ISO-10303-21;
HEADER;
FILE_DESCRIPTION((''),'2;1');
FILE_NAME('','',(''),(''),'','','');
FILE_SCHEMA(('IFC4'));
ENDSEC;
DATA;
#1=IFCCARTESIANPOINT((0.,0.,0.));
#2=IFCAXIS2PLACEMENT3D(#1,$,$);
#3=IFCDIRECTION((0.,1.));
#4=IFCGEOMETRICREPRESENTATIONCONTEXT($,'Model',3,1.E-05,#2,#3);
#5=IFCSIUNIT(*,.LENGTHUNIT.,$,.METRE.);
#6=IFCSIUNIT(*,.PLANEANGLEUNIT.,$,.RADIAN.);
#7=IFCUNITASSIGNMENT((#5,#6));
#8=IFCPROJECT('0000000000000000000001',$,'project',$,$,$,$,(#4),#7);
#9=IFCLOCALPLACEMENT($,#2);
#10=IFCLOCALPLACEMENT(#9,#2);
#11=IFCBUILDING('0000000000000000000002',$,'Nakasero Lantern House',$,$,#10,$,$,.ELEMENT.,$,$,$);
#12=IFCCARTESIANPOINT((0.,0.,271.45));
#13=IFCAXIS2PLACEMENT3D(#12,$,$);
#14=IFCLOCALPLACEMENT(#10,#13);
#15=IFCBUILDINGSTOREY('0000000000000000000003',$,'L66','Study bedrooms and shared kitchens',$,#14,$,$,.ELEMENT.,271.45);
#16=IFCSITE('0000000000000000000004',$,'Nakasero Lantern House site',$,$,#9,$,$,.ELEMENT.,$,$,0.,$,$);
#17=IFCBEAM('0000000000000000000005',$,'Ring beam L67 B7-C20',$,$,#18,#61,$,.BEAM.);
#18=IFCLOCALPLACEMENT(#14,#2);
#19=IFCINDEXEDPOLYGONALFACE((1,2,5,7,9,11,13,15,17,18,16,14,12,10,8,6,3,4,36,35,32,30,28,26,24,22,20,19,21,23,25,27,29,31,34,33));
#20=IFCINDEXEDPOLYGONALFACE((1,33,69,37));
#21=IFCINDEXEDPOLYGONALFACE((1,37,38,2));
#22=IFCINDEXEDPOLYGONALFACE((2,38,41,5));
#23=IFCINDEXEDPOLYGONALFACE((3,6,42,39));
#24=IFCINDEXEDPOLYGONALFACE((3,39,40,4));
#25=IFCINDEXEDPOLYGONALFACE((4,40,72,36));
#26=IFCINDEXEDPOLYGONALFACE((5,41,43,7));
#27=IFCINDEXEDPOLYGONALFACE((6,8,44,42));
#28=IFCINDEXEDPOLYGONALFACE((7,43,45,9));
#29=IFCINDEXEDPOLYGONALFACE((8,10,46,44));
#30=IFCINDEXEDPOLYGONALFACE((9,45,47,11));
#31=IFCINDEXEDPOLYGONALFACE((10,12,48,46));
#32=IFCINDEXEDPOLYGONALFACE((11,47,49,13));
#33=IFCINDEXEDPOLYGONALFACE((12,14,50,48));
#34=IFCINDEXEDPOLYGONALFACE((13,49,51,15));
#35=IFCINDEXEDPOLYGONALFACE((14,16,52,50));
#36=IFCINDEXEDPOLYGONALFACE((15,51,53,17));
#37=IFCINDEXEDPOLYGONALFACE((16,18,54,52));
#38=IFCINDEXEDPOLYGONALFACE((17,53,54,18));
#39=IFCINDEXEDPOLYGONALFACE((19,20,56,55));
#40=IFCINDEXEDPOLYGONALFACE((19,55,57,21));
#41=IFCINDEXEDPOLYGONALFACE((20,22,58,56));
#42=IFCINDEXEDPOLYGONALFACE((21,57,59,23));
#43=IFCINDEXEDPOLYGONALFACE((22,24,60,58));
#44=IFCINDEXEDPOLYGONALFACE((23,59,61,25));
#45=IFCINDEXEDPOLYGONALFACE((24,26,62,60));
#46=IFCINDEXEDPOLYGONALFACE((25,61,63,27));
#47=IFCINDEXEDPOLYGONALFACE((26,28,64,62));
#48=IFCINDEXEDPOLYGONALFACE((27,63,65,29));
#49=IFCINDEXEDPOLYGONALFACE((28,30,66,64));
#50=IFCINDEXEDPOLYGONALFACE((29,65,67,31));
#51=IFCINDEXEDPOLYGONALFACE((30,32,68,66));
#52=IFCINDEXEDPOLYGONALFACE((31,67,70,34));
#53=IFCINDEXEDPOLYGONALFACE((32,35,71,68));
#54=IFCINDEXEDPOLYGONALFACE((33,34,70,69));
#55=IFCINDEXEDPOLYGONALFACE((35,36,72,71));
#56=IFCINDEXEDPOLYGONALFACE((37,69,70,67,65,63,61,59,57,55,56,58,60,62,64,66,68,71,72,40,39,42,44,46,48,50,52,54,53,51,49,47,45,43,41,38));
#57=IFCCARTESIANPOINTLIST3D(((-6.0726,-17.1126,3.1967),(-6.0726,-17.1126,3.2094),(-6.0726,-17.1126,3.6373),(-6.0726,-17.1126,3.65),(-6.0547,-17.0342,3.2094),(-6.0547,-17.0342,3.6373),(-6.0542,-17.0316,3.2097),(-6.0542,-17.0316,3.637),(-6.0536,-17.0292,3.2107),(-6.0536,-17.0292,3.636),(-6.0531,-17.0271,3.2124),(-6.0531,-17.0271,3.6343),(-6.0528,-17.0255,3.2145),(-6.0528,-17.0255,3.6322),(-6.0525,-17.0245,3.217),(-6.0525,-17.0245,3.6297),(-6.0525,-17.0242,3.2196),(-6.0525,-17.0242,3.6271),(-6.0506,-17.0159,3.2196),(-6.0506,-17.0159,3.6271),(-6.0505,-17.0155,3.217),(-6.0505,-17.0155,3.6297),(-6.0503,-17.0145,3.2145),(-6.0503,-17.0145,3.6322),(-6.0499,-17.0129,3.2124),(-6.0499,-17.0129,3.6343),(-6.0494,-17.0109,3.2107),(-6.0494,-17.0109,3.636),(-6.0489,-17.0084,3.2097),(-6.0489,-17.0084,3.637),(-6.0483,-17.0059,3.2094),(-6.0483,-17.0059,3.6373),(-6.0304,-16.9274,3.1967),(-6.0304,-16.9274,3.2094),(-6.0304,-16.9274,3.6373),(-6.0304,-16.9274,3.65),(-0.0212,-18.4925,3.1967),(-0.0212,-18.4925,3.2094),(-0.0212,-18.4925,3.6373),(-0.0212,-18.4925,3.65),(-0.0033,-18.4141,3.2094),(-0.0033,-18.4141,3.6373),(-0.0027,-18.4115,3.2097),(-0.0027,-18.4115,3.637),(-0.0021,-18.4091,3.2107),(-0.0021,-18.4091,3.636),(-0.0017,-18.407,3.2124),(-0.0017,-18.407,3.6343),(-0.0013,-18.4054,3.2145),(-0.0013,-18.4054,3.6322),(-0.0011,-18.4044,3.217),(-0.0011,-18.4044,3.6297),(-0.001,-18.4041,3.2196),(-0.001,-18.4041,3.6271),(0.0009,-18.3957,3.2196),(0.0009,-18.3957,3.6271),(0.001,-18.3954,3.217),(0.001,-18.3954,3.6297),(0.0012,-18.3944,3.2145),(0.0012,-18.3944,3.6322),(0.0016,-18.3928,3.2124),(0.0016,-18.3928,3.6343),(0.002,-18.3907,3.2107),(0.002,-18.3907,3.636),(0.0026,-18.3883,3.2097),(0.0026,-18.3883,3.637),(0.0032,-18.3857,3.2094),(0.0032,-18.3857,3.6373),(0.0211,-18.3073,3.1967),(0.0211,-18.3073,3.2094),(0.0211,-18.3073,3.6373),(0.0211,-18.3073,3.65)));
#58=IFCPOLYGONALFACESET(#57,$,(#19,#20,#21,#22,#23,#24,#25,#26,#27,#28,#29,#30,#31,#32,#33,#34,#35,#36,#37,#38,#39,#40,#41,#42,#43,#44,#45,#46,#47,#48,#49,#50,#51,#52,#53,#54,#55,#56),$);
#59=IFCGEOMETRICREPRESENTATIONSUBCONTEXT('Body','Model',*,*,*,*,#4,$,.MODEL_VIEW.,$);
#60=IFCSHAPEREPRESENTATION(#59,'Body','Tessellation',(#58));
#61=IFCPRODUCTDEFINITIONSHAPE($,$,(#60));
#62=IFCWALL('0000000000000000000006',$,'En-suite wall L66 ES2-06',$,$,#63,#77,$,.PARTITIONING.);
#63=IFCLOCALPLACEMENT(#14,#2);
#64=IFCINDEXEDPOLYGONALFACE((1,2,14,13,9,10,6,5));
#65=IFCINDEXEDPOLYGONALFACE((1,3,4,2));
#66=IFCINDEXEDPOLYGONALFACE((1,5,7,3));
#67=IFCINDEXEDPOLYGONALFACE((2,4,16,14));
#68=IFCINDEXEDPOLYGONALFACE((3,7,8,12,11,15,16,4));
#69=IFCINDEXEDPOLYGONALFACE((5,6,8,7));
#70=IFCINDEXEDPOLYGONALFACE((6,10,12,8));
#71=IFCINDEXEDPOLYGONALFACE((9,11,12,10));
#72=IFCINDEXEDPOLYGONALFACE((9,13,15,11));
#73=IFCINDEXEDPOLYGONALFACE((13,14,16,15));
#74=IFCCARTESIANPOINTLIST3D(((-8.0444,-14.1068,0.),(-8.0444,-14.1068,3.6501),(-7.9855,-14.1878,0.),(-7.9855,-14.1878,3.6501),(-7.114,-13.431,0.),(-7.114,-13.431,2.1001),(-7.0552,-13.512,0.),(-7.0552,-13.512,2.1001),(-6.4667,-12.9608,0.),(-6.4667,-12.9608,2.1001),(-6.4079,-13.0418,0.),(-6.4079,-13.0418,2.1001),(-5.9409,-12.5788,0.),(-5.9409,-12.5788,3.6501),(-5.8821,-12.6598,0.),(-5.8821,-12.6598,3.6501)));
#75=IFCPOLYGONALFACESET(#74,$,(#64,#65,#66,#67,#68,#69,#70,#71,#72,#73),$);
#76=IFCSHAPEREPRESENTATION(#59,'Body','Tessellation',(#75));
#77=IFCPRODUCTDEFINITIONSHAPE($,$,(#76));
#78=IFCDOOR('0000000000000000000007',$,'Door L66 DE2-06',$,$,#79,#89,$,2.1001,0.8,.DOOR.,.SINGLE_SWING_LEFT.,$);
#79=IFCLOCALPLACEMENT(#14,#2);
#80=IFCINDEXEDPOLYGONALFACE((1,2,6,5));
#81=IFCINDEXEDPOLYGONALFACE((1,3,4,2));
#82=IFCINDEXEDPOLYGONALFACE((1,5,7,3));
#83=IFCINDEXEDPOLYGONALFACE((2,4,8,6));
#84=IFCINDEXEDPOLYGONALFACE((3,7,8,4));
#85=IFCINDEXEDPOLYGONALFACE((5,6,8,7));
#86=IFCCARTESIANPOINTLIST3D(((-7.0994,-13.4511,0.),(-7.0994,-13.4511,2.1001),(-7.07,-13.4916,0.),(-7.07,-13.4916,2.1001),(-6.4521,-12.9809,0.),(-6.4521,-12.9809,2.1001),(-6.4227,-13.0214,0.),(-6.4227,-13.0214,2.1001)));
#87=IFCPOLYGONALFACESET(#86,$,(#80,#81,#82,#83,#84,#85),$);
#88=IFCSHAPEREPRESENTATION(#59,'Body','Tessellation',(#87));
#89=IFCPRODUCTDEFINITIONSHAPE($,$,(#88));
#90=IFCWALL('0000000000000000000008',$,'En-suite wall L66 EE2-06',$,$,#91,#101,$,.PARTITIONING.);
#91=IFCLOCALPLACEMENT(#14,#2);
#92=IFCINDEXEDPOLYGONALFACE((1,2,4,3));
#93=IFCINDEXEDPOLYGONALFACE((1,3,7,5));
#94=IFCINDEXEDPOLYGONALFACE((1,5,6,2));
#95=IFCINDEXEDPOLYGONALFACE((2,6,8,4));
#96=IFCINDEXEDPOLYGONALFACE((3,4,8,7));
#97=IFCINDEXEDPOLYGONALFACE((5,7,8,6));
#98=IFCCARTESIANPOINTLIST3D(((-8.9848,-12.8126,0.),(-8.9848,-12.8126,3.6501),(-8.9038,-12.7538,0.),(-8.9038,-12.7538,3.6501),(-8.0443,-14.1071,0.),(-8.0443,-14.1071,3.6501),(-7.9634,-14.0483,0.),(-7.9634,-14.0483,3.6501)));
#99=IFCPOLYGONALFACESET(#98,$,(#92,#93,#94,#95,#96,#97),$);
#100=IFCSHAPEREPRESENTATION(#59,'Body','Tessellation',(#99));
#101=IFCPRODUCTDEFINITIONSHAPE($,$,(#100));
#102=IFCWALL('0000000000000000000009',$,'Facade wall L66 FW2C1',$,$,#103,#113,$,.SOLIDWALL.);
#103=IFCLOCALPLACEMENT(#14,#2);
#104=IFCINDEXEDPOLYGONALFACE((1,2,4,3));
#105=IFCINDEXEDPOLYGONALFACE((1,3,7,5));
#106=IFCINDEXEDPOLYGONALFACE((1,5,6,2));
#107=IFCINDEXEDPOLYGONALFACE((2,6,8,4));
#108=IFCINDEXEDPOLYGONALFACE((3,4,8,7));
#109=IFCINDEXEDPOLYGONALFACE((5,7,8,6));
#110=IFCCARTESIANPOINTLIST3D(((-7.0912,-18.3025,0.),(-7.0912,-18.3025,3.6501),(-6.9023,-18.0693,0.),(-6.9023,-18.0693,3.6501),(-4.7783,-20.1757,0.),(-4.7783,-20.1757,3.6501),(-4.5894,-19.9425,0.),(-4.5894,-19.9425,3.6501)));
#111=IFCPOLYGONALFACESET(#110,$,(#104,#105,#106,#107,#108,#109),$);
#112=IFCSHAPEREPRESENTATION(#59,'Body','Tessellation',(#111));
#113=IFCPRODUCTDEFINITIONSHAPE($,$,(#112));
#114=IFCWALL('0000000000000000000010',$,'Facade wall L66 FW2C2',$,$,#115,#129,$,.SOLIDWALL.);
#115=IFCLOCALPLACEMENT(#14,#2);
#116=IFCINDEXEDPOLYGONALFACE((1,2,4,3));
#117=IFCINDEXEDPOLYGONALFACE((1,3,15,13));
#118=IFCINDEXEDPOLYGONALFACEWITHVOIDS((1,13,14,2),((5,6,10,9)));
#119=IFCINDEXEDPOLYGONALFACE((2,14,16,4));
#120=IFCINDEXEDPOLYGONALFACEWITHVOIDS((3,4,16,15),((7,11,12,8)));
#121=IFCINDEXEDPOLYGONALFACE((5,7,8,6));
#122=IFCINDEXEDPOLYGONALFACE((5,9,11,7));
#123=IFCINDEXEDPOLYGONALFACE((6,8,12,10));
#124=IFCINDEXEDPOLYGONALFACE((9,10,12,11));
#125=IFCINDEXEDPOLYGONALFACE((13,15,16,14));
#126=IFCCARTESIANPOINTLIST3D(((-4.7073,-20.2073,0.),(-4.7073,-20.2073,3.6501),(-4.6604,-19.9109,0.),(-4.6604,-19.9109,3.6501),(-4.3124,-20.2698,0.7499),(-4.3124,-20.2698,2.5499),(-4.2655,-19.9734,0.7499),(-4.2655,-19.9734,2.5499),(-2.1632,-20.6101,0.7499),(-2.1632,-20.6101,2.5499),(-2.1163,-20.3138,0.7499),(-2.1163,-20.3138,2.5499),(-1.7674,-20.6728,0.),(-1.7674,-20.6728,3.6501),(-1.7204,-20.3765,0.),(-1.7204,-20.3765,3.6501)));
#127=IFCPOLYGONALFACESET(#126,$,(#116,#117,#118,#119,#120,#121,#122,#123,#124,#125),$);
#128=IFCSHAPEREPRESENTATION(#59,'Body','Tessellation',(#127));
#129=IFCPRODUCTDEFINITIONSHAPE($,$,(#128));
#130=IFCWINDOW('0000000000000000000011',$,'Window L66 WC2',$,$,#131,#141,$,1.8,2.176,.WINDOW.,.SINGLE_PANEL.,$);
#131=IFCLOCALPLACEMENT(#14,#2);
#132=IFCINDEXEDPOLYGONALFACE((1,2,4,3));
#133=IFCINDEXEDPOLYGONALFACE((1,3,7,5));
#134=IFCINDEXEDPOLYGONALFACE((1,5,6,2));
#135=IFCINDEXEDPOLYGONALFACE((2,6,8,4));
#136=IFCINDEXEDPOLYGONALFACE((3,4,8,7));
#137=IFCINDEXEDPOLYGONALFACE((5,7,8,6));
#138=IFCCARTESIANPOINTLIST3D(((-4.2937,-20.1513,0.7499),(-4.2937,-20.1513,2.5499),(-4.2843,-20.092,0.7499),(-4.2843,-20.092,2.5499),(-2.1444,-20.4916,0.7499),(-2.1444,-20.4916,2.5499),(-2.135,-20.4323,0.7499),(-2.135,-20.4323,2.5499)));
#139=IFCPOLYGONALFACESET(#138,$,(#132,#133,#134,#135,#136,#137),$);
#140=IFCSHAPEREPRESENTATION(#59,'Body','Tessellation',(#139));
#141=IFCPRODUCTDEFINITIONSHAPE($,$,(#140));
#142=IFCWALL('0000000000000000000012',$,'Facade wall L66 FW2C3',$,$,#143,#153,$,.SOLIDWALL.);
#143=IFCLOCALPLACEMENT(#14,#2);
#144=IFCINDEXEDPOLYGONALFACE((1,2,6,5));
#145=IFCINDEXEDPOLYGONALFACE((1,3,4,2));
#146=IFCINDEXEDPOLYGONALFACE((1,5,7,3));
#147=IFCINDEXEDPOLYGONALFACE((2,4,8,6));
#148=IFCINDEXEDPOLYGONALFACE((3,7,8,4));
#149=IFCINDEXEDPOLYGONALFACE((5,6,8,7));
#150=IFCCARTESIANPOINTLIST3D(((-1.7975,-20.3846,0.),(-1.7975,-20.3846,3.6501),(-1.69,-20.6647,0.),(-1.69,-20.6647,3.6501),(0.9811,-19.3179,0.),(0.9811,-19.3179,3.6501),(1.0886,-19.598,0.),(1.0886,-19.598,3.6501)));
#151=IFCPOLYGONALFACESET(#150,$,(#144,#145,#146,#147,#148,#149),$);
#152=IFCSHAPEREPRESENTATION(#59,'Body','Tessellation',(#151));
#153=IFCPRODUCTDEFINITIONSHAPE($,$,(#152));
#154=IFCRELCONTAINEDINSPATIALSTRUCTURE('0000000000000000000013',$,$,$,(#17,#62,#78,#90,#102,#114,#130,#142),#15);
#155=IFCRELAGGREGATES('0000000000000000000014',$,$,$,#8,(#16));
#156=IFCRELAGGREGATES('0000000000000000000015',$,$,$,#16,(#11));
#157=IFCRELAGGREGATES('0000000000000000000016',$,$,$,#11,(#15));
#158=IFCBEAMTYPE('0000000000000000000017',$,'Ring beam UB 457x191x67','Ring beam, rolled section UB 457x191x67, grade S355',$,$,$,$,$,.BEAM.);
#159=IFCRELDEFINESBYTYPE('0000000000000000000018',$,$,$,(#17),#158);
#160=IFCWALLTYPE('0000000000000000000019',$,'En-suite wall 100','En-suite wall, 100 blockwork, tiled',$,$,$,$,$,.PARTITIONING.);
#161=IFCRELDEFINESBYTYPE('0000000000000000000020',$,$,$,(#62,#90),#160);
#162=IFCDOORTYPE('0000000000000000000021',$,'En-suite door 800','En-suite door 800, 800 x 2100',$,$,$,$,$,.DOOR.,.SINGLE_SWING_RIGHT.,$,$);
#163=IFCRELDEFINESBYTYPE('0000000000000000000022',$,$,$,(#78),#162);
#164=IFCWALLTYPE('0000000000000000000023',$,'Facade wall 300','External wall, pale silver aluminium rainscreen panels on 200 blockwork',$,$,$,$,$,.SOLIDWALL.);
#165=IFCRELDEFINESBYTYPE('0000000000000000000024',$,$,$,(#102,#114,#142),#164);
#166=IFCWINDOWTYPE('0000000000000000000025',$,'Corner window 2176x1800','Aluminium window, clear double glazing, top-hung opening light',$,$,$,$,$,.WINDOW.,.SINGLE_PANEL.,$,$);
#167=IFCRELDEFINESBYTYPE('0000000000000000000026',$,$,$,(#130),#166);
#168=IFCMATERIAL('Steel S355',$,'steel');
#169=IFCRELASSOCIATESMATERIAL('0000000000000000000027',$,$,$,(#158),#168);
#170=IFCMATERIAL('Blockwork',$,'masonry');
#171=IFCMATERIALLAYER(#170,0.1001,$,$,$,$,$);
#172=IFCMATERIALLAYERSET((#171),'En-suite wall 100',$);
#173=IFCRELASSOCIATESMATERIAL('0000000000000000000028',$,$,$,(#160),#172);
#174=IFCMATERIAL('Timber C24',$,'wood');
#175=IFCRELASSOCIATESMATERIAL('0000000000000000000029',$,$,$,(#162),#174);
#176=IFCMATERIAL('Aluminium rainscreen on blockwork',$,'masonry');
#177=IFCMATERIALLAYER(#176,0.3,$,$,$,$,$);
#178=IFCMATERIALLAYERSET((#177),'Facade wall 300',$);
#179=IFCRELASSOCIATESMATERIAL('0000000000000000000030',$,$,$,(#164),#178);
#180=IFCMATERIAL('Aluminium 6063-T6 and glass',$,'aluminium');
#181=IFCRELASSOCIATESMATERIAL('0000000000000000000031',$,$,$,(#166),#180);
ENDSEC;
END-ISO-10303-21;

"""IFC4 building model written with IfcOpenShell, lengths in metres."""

from ifc_helpers import new_model, si_unit, direction, frame, frame_2d, origin, origin_2d, place, context, subcontext, project, spatial, rectangle, i_section, extrude, material, layer, layer_set, material_profile, profile_set, type_object, element, fill, save


model = new_model("IFC4")

# Units and contexts
model_context = context("Model", 3, precision=1e-05, world=origin(), true_north=direction((0.0, 1.0)))
body_context = subcontext(model_context, "Body", "Model", "MODEL_VIEW")
ifc_project = project(units=[si_unit("LENGTHUNIT", "METRE"), si_unit("PLANEANGLEUNIT", "RADIAN")], contexts=[model_context])

# Site, building, storey
site_placement = place(None, origin())
site = spatial("IfcSite", under=ifc_project, at=site_placement, Name="Nakasero Lantern House site", CompositionType="ELEMENT", RefElevation=0.0)
building_placement = place(site_placement, origin())
building = spatial("IfcBuilding", under=site, at=building_placement, Name="Nakasero Lantern House", CompositionType="ELEMENT")
storey_placement = place(building_placement, frame((0.0, 0.0, 271.45)))
storey = spatial("IfcBuildingStorey", under=building, at=storey_placement, Name="L66", Description="Study bedrooms and shared kitchens", CompositionType="ELEMENT", Elevation=271.45)

# Beam
ifc_material_1 = material(Name="Steel S355", Category="steel")
ifc_material_profile_1 = material_profile(ifc_material_1, i_section(OverallWidth=0.1899, OverallDepth=0.4534, WebThickness=0.0085, FlangeThickness=0.0127, FilletRadius=0.0103, at=origin_2d()), Name="UB 457x191x67")
ifc_profile_set_1 = profile_set([ifc_material_profile_1], Name="Steel S355")
beam_type_1 = type_object("IfcBeamType", Name="Ring beam UB 457x191x67", Description="Ring beam, rolled section UB 457x191x67, grade S355", PredefinedType="BEAM", material=ifc_profile_set_1)
beam_1_placement = place(storey_placement, frame((-6.0515, -17.02, 3.4233), z_axis=(0.974975, -0.222316, 0.0), x_axis=(0.222316, 0.974975, 0.0)))
element("IfcBeam", 1, at=beam_1_placement, inside=storey, type_object=beam_type_1, Name="Ring beam L67 B7-C20", PredefinedType="BEAM", context=body_context, shape_type="SweptSolid", body=[
    extrude(i_section(OverallWidth=0.1899, OverallDepth=0.4534, WebThickness=0.0085, FlangeThickness=0.0127, FilletRadius=0.0103, at=origin_2d()), origin(), (0.0, 0.0, 1.0), 6.2068),
])

# Wall, opening, door
ifc_material_2 = material(Name="Blockwork", Category="masonry")
ifc_layer_1 = layer(ifc_material_2, 0.1001)
ifc_layer_set_1 = layer_set([ifc_layer_1], Name="En-suite wall 100")
wall_type_1 = type_object("IfcWallType", Name="En-suite wall 100", Description="En-suite wall, 100 blockwork, tiled", PredefinedType="PARTITIONING", material=ifc_layer_set_1)
wall_1_placement = place(storey_placement, frame((-5.9116, -12.6194, 0.0), z_axis=(0.0, 0.0, 1.0), x_axis=(-0.809057, -0.587731, 0.0)))
wall_1 = element("IfcWall", 2, at=wall_1_placement, inside=storey, type_object=wall_type_1, Name="En-suite wall L66 ES2-06", PredefinedType="PARTITIONING", context=body_context, shape_type="SweptSolid", body=[
    extrude(rectangle(XDim=2.5999, YDim=0.1001, at=frame_2d((1.2998, 0.0))), origin(), (0.0, 0.0, 1.0), 3.6501),
])
opening_1_placement = place(wall_1_placement, frame((0.6499, 0.0, 0.0)))
opening_1 = element("IfcOpeningElement", 3, at=opening_1_placement, cuts=wall_1, PredefinedType="OPENING", context=body_context, shape_type="SweptSolid", body=[
    extrude(rectangle(XDim=0.8, YDim=2.1001, at=frame_2d((0.3999, 1.05))), frame((0.0, 0.0701, 0.0), z_axis=(0.0, -1.0, 0.0), x_axis=(1.0, 0.0, 0.0)), (0.0, 0.0, 1.0), 0.1401),
])
ifc_material_3 = material(Name="Timber C24", Category="wood")
door_type_1 = type_object("IfcDoorType", Name="En-suite door 800", Description="En-suite door 800, 800 x 2100", OperationType="SINGLE_SWING_RIGHT", PredefinedType="DOOR", material=ifc_material_3)
door_1_placement = place(opening_1_placement, origin())
door_1 = element("IfcDoor", 4, at=door_1_placement, inside=storey, type_object=door_type_1, Name="Door L66 DE2-06", OperationType="SINGLE_SWING_LEFT", OverallHeight=2.1001, OverallWidth=0.8, PredefinedType="DOOR", context=body_context, shape_type="SweptSolid", body=[
    extrude(rectangle(XDim=0.8, YDim=2.1001, at=frame_2d((0.3999, 1.05))), frame((0.0, 0.0249, 0.0), z_axis=(0.0, -1.0, 0.0), x_axis=(1.0, 0.0, 0.0)), (0.0, 0.0, 1.0), 0.05),
])
fill(opening_1, door_1)

# Walls
wall_2_placement = place(storey_placement, frame((-8.9443, -12.7832, 0.0), z_axis=(0.0, 0.0, 1.0), x_axis=(0.587772, -0.809026, 0.0)))
element("IfcWall", 5, at=wall_2_placement, inside=storey, type_object=wall_type_1, Name="En-suite wall L66 EE2-06", PredefinedType="PARTITIONING", context=body_context, shape_type="SweptSolid", body=[
    extrude(rectangle(XDim=1.6001, YDim=0.1001, at=frame_2d((0.8, 0.0))), origin(), (0.0, 0.0, 1.0), 3.6501),
])
ifc_material_4 = material(Name="Aluminium rainscreen on blockwork", Category="masonry")
ifc_layer_2 = layer(ifc_material_4, 0.3)
ifc_layer_set_2 = layer_set([ifc_layer_2], Name="Facade wall 300")
wall_type_2 = type_object("IfcWallType", Name="Facade wall 300", Description="External wall, pale silver aluminium rainscreen panels on 200 blockwork", PredefinedType="SOLIDWALL", material=ifc_layer_set_2)
wall_3_placement = place(storey_placement, frame((-6.9968, -18.1858, 0.0), z_axis=(0.0, 0.0, 1.0), x_axis=(0.777102, -0.629375, 0.0)))
element("IfcWall", 6, at=wall_3_placement, inside=storey, type_object=wall_type_2, Name="Facade wall L66 FW2C1", PredefinedType="SOLIDWALL", context=body_context, shape_type="SweptSolid", body=[
    extrude(rectangle(XDim=2.9763, YDim=0.3, at=frame_2d((1.4883, 0.0))), origin(), (0.0, 0.0, 1.0), 3.6501),
])

# Wall, opening, window
wall_4_placement = place(storey_placement, frame((-4.6838, -20.0591, 0.0), z_axis=(0.0, 0.0, 1.0), x_axis=(0.987692, -0.156413, 0.0)))
wall_4 = element("IfcWall", 7, at=wall_4_placement, inside=storey, type_object=wall_type_2, Name="Facade wall L66 FW2C2", PredefinedType="SOLIDWALL", context=body_context, shape_type="SweptSolid", body=[
    extrude(rectangle(XDim=2.9766, YDim=0.3, at=frame_2d((1.4883, 0.0))), origin(), (0.0, 0.0, 1.0), 3.6501),
])
opening_2_placement = place(wall_4_placement, frame((0.3999, 0.0, 0.75)))
opening_2 = element("IfcOpeningElement", 8, at=opening_2_placement, cuts=wall_4, PredefinedType="OPENING", context=body_context, shape_type="SweptSolid", body=[
    extrude(rectangle(XDim=2.176, YDim=1.8, at=frame_2d((1.0879, 0.8999))), frame((0.0, 0.1699, 0.0), z_axis=(0.0, -1.0, 0.0), x_axis=(1.0, 0.0, 0.0)), (0.0, 0.0, 1.0), 0.3401),
])
ifc_material_5 = material(Name="Aluminium 6063-T6 and glass", Category="aluminium")
window_type = type_object("IfcWindowType", Name="Corner window 2176x1800", Description="Aluminium window, clear double glazing, top-hung opening light", PartitioningType="SINGLE_PANEL", PredefinedType="WINDOW", material=ifc_material_5)
window_placement = place(opening_2_placement, origin())
window = element("IfcWindow", 9, at=window_placement, inside=storey, type_object=window_type, Name="Window L66 WC2", OverallHeight=1.8, OverallWidth=2.176, PartitioningType="SINGLE_PANEL", PredefinedType="WINDOW", context=body_context, shape_type="SweptSolid", body=[
    extrude(rectangle(XDim=2.176, YDim=1.8, at=frame_2d((1.0879, 0.8999))), frame((0.0, 0.03, 0.0), z_axis=(0.0, -1.0, 0.0), x_axis=(1.0, 0.0, 0.0)), (0.0, 0.0, 1.0), 0.0601),
])
fill(opening_2, window)

# Wall
wall_5_placement = place(storey_placement, frame((-1.7439, -20.5247, 0.0), z_axis=(0.0, 0.0, 1.0), x_axis=(0.933574, 0.358385, 0.0)))
element("IfcWall", 10, at=wall_5_placement, inside=storey, type_object=wall_type_2, Name="Facade wall L66 FW2C3", PredefinedType="SOLIDWALL", context=body_context, shape_type="SweptSolid", body=[
    extrude(rectangle(XDim=2.9763, YDim=0.3, at=frame_2d((1.4883, 0.0))), origin(), (0.0, 0.0, 1.0), 3.6501),
])

save(model, "model.ifc")
